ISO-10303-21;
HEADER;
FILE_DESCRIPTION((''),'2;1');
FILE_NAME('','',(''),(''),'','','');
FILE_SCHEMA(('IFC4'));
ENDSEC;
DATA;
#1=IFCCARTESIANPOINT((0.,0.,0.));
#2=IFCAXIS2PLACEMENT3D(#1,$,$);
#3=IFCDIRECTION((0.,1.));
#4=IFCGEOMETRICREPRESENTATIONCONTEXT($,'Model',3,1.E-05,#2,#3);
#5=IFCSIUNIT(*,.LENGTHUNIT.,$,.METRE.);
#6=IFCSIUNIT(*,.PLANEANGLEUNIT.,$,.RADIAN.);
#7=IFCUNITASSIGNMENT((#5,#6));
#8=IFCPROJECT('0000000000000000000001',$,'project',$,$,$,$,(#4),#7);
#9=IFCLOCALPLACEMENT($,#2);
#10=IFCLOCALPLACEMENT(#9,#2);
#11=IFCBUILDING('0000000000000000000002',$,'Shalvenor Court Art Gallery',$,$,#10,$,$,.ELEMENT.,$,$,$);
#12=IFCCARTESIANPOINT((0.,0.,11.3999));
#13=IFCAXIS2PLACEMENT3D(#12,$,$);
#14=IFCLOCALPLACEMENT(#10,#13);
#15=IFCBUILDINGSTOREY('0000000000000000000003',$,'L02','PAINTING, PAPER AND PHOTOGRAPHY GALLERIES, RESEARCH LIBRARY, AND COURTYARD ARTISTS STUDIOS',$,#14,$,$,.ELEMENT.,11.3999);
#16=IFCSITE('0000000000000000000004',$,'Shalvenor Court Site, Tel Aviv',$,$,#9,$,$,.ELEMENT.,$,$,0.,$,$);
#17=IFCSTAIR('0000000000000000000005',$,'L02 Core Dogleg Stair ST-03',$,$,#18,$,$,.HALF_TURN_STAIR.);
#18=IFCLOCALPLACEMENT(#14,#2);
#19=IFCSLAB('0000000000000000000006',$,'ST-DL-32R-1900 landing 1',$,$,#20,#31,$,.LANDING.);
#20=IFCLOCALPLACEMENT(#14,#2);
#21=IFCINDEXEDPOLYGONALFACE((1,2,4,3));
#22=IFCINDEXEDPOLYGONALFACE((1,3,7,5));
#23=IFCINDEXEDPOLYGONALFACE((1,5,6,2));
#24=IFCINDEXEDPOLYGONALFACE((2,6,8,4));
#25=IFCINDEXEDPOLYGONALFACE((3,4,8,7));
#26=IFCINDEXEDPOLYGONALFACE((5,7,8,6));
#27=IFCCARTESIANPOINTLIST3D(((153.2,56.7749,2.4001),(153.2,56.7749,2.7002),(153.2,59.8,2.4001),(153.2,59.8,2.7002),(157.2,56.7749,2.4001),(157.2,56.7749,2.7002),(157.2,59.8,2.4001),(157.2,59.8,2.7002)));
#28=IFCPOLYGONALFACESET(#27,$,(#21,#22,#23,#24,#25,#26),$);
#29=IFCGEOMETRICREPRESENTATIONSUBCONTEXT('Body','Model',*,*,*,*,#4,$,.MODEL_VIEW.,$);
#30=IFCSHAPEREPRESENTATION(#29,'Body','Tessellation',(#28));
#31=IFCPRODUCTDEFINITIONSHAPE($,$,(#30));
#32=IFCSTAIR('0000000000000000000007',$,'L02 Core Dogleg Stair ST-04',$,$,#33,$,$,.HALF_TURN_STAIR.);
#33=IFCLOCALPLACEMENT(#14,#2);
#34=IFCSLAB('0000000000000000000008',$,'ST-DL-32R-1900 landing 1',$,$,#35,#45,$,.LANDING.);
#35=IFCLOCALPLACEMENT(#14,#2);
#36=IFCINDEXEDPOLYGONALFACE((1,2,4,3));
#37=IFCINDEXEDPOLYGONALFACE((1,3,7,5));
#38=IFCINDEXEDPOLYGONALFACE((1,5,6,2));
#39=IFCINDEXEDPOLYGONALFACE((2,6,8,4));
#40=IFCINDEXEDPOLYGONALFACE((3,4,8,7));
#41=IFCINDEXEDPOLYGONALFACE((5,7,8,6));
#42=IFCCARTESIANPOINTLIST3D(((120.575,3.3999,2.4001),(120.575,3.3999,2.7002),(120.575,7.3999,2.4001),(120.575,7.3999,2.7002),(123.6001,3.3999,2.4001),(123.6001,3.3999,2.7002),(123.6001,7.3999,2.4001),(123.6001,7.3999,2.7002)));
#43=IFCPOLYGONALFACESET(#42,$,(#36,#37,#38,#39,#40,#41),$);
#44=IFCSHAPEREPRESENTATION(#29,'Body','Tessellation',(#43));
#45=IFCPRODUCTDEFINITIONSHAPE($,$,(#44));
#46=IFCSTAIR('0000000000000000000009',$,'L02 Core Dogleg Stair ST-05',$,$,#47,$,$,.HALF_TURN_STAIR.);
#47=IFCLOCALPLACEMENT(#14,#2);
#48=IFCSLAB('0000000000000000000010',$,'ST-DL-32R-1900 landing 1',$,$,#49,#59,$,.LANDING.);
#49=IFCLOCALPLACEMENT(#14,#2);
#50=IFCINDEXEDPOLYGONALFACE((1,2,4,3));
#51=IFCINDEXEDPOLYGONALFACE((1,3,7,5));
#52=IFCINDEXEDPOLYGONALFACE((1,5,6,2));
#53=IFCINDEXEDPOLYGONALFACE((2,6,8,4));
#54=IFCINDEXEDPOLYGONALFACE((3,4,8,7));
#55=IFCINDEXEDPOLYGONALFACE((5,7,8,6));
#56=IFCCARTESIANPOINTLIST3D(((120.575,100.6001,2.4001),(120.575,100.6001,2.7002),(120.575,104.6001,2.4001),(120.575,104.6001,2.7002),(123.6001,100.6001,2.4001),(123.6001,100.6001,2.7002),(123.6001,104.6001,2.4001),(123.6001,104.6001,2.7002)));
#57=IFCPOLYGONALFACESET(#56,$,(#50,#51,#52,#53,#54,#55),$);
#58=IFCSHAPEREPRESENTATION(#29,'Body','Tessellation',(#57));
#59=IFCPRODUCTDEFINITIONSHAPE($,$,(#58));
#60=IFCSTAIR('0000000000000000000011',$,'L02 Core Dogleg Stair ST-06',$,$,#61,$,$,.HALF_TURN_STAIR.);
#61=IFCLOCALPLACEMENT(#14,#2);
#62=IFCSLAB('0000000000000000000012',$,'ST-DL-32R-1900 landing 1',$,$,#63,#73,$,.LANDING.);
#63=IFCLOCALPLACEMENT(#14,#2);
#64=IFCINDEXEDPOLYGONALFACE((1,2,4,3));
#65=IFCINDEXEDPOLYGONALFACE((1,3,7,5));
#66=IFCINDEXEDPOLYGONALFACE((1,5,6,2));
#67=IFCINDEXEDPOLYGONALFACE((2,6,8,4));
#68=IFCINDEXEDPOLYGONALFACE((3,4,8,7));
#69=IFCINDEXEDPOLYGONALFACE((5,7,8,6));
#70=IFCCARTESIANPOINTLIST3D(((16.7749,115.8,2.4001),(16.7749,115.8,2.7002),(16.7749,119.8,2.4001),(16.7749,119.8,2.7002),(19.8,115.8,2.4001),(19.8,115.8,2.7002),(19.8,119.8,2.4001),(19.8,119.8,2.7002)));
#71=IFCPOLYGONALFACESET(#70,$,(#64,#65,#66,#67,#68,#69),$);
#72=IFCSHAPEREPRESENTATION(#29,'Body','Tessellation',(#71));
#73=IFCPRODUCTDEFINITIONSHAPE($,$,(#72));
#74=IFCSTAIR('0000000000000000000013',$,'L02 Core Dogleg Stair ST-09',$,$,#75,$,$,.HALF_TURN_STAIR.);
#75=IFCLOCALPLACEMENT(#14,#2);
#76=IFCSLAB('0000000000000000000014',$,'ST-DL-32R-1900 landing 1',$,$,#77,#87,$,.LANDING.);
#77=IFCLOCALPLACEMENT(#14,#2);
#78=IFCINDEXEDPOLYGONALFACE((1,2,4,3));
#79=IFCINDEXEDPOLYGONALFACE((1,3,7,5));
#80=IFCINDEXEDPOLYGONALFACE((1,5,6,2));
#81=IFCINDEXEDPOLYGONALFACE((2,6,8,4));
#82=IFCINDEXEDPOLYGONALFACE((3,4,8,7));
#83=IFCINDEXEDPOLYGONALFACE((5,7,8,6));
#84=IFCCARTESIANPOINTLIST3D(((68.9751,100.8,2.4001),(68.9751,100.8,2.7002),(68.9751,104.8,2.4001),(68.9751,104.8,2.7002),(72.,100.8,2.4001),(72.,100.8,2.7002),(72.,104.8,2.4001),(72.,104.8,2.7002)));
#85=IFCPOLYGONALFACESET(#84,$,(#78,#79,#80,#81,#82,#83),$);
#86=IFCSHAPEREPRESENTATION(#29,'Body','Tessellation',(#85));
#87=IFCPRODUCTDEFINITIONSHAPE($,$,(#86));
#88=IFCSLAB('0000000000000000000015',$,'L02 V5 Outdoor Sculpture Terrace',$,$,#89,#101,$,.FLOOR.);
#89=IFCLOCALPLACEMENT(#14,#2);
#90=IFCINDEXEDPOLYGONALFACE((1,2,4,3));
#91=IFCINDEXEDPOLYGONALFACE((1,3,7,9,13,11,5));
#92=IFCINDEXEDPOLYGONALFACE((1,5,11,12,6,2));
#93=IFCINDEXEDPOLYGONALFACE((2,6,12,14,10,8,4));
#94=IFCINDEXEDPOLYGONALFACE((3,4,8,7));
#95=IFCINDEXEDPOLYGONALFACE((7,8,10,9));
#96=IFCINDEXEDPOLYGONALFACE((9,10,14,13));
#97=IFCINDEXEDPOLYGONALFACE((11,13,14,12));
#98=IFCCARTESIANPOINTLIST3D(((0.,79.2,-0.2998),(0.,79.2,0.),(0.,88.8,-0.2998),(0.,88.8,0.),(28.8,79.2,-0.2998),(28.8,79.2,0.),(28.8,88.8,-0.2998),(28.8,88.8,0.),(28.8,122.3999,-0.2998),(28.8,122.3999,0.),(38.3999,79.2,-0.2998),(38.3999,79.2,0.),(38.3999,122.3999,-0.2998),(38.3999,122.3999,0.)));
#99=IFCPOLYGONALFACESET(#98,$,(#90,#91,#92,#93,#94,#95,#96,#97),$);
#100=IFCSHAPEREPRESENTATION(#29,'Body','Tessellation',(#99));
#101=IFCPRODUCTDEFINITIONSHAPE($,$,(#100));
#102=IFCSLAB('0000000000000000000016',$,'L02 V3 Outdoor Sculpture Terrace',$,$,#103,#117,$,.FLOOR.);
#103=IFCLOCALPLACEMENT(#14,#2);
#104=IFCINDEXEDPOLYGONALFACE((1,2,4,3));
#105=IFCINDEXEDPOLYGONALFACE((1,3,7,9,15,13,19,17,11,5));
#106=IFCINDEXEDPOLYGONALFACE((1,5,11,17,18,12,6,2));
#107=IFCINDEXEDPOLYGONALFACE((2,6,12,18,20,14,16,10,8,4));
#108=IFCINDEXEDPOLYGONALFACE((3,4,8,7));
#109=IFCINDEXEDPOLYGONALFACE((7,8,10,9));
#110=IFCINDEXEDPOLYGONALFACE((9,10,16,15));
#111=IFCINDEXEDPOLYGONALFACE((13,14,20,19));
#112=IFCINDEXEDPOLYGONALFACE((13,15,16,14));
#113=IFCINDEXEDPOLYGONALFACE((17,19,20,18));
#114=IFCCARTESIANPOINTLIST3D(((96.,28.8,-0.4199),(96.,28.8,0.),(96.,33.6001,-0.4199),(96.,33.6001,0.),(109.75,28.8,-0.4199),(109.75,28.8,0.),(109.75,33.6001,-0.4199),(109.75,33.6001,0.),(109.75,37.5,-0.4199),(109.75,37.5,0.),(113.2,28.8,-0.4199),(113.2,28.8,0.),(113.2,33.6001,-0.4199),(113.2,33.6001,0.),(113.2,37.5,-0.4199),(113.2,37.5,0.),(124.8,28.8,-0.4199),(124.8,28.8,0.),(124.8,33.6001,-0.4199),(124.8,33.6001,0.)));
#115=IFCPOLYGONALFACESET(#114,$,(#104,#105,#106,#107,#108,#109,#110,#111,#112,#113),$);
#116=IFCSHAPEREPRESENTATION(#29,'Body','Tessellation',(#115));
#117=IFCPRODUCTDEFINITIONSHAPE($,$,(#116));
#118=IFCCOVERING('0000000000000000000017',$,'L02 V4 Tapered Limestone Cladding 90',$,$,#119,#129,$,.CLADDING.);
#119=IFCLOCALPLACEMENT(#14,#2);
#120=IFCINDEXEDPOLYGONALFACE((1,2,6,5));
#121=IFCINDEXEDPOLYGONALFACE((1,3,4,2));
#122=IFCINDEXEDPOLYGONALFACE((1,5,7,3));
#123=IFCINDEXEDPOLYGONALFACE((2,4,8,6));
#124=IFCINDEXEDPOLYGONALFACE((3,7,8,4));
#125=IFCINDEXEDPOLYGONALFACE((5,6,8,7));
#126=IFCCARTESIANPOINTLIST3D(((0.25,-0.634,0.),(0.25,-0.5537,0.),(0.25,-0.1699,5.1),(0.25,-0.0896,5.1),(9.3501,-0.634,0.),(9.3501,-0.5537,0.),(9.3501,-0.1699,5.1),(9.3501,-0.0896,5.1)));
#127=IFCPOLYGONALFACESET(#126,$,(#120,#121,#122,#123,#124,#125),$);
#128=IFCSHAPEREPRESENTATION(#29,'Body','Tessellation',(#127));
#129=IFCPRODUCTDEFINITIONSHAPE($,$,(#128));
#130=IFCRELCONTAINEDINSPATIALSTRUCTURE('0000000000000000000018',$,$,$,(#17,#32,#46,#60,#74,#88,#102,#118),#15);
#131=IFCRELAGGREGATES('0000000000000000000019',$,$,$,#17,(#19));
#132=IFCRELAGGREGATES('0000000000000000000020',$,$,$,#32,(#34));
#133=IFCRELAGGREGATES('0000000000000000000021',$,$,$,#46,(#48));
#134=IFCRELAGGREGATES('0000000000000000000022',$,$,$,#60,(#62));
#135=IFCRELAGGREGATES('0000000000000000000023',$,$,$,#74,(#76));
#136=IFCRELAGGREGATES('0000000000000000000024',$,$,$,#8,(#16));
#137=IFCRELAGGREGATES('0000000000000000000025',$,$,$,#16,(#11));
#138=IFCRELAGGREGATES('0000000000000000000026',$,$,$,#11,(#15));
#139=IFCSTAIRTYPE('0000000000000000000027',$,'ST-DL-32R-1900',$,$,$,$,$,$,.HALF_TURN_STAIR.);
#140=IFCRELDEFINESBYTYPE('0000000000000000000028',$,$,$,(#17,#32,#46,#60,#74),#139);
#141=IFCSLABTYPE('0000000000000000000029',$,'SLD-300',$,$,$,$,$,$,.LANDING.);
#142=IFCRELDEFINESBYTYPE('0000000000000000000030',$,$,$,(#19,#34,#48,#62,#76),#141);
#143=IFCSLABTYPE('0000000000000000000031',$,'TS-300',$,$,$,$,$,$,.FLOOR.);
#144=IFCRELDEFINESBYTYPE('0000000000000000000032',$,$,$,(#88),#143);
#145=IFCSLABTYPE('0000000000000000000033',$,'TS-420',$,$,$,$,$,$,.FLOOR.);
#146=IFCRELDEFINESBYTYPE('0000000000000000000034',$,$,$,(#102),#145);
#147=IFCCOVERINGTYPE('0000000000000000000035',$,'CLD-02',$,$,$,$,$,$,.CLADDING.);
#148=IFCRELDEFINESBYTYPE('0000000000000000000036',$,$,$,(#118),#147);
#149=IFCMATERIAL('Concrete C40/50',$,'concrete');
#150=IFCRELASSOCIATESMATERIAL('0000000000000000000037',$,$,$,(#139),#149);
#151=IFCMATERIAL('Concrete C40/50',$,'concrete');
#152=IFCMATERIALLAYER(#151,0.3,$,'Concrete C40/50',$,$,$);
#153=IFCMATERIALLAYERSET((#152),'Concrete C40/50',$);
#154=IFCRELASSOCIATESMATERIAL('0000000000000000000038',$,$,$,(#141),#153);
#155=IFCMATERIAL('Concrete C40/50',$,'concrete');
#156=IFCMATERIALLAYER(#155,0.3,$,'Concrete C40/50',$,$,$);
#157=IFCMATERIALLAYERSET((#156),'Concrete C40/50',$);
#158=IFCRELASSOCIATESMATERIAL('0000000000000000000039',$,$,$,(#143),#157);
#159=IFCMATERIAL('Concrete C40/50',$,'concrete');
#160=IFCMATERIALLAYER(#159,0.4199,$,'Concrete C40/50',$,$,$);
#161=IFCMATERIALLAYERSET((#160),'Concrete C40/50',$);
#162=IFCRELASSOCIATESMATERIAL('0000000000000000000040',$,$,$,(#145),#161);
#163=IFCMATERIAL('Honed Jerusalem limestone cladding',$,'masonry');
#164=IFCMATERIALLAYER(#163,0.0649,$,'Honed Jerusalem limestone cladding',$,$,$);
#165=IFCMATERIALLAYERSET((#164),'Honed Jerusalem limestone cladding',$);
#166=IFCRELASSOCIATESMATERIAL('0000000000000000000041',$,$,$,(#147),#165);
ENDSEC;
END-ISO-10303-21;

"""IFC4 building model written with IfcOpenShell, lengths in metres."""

from ifc_helpers import new_model, si_unit, direction, frame, origin, place, context, subcontext, project, spatial, polyline, outline, extrude, material, layer, layer_set, type_object, element, aggregate, save


model = new_model("IFC4")

# Units and contexts
model_context = context("Model", 3, precision=1e-05, world=origin(), true_north=direction((0.0, 1.0)))
body_context = subcontext(model_context, "Body", "Model", "MODEL_VIEW")
ifc_project = project(units=[si_unit("LENGTHUNIT", "METRE"), si_unit("PLANEANGLEUNIT", "RADIAN")], contexts=[model_context])

# Site, building, storey
site_placement = place(None, origin())
site = spatial("IfcSite", under=ifc_project, at=site_placement, Name="Shalvenor Court Site, Tel Aviv", CompositionType="ELEMENT", RefElevation=0.0)
building_placement = place(site_placement, origin())
building = spatial("IfcBuilding", under=site, at=building_placement, Name="Shalvenor Court Art Gallery", CompositionType="ELEMENT")
storey_placement = place(building_placement, frame((0.0, 0.0, 11.3999)))
storey = spatial("IfcBuildingStorey", under=building, at=storey_placement, Name="L02", Description="PAINTING, PAPER AND PHOTOGRAPHY GALLERIES, RESEARCH LIBRARY, AND COURTYARD ARTISTS STUDIOS", CompositionType="ELEMENT", Elevation=11.3999)

# Stairs, slabs
ifc_material_1 = material(Name="Concrete C40/50", Category="concrete")
stair_type_1 = type_object("IfcStairType", Name="ST-DL-32R-1900", PredefinedType="HALF_TURN_STAIR", material=ifc_material_1)
ifc_material_2 = material(Name="Concrete C40/50", Category="concrete")
ifc_layer_1 = layer(ifc_material_2, 0.3, Name="Concrete C40/50")
ifc_layer_set_1 = layer_set([ifc_layer_1], Name="Concrete C40/50")
slab_type_1 = type_object("IfcSlabType", Name="SLD-300", PredefinedType="LANDING", material=ifc_layer_set_1)
stair_1_placement = place(storey_placement, origin())
stair_1 = element("IfcStair", 1, at=stair_1_placement, inside=storey, type_object=stair_type_1, Name="L02 Core Dogleg Stair ST-03", PredefinedType="HALF_TURN_STAIR")
slab_1_placement = place(storey_placement, frame((0.0, 0.0, 2.4001)))
slab_1 = element("IfcSlab", 2, at=slab_1_placement, type_object=slab_type_1, Name="ST-DL-32R-1900 landing 1", PredefinedType="LANDING", context=body_context, shape_type="SweptSolid", body=[
    extrude(outline(polyline([(157.2, 56.7749), (157.2, 59.8), (153.2, 59.8), (153.2, 56.7749), (157.2, 56.7749)])), origin(), (0.0, 0.0, 1.0), 0.3),
])
aggregate(stair_1, [slab_1])
stair_2_placement = place(storey_placement, origin())
stair_2 = element("IfcStair", 3, at=stair_2_placement, inside=storey, type_object=stair_type_1, Name="L02 Core Dogleg Stair ST-04", PredefinedType="HALF_TURN_STAIR")
slab_2_placement = place(storey_placement, frame((0.0, 0.0, 2.4001)))
slab_2 = element("IfcSlab", 4, at=slab_2_placement, type_object=slab_type_1, Name="ST-DL-32R-1900 landing 1", PredefinedType="LANDING", context=body_context, shape_type="SweptSolid", body=[
    extrude(outline(polyline([(120.575, 3.3999), (123.6001, 3.3999), (123.6001, 7.3999), (120.575, 7.3999), (120.575, 3.3999)])), origin(), (0.0, 0.0, 1.0), 0.3),
])
aggregate(stair_2, [slab_2])
stair_3_placement = place(storey_placement, origin())
stair_3 = element("IfcStair", 5, at=stair_3_placement, inside=storey, type_object=stair_type_1, Name="L02 Core Dogleg Stair ST-05", PredefinedType="HALF_TURN_STAIR")
slab_3_placement = place(storey_placement, frame((0.0, 0.0, 2.4001)))
slab_3 = element("IfcSlab", 6, at=slab_3_placement, type_object=slab_type_1, Name="ST-DL-32R-1900 landing 1", PredefinedType="LANDING", context=body_context, shape_type="SweptSolid", body=[
    extrude(outline(polyline([(120.575, 100.6001), (123.6001, 100.6001), (123.6001, 104.6001), (120.575, 104.6001), (120.575, 100.6001)])), origin(), (0.0, 0.0, 1.0), 0.3),
])
aggregate(stair_3, [slab_3])
stair_4_placement = place(storey_placement, origin())
stair_4 = element("IfcStair", 7, at=stair_4_placement, inside=storey, type_object=stair_type_1, Name="L02 Core Dogleg Stair ST-06", PredefinedType="HALF_TURN_STAIR")
slab_4_placement = place(storey_placement, frame((0.0, 0.0, 2.4001)))
slab_4 = element("IfcSlab", 8, at=slab_4_placement, type_object=slab_type_1, Name="ST-DL-32R-1900 landing 1", PredefinedType="LANDING", context=body_context, shape_type="SweptSolid", body=[
    extrude(outline(polyline([(16.7749, 115.8), (19.8, 115.8), (19.8, 119.8), (16.7749, 119.8), (16.7749, 115.8)])), origin(), (0.0, 0.0, 1.0), 0.3),
])
aggregate(stair_4, [slab_4])
stair_5_placement = place(storey_placement, origin())
stair_5 = element("IfcStair", 9, at=stair_5_placement, inside=storey, type_object=stair_type_1, Name="L02 Core Dogleg Stair ST-09", PredefinedType="HALF_TURN_STAIR")
slab_5_placement = place(storey_placement, frame((0.0, 0.0, 2.4001)))
slab_5 = element("IfcSlab", 10, at=slab_5_placement, type_object=slab_type_1, Name="ST-DL-32R-1900 landing 1", PredefinedType="LANDING", context=body_context, shape_type="SweptSolid", body=[
    extrude(outline(polyline([(68.9751, 100.8), (72.0, 100.8), (72.0, 104.8), (68.9751, 104.8), (68.9751, 100.8)])), origin(), (0.0, 0.0, 1.0), 0.3),
])
aggregate(stair_5, [slab_5])

# Slabs
ifc_material_3 = material(Name="Concrete C40/50", Category="concrete")
ifc_layer_2 = layer(ifc_material_3, 0.3, Name="Concrete C40/50")
ifc_layer_set_2 = layer_set([ifc_layer_2], Name="Concrete C40/50")
slab_type_2 = type_object("IfcSlabType", Name="TS-300", PredefinedType="FLOOR", material=ifc_layer_set_2)
slab_6_placement = place(storey_placement, frame((0.0, 0.0, -0.2998)))
element("IfcSlab", 11, at=slab_6_placement, inside=storey, type_object=slab_type_2, Name="L02 V5 Outdoor Sculpture Terrace", PredefinedType="FLOOR", context=body_context, shape_type="SweptSolid", body=[
    extrude(outline(polyline([(0.0, 79.2), (0.0, 88.8), (28.8, 88.8), (28.8, 122.3999), (38.3999, 122.3999), (38.3999, 79.2), (28.8, 79.2), (0.0, 79.2)])), origin(), (0.0, 0.0, 1.0), 0.2998),
])
ifc_material_4 = material(Name="Concrete C40/50", Category="concrete")
ifc_layer_3 = layer(ifc_material_4, 0.4199, Name="Concrete C40/50")
ifc_layer_set_3 = layer_set([ifc_layer_3], Name="Concrete C40/50")
slab_type_3 = type_object("IfcSlabType", Name="TS-420", PredefinedType="FLOOR", material=ifc_layer_set_3)
slab_7_placement = place(storey_placement, frame((0.0, 0.0, -0.4199)))
element("IfcSlab", 12, at=slab_7_placement, inside=storey, type_object=slab_type_3, Name="L02 V3 Outdoor Sculpture Terrace", PredefinedType="FLOOR", context=body_context, shape_type="SweptSolid", body=[
    extrude(outline(polyline([(124.8, 33.6001), (124.8, 28.8), (113.2, 28.8), (109.75, 28.8), (96.0, 28.8), (96.0, 33.6001), (109.75, 33.6001), (109.75, 37.5), (113.2, 37.5), (113.2, 33.6001), (124.8, 33.6001)])), origin(), (0.0, 0.0, 1.0), 0.4199),
])

# Covering
ifc_material_5 = material(Name="Honed Jerusalem limestone cladding", Category="masonry")
ifc_layer_4 = layer(ifc_material_5, 0.0649, Name="Honed Jerusalem limestone cladding")
ifc_layer_set_4 = layer_set([ifc_layer_4], Name="Honed Jerusalem limestone cladding")
covering_type_1 = type_object("IfcCoveringType", Name="CLD-02", PredefinedType="CLADDING", material=ifc_layer_set_4)
covering_1_placement = place(storey_placement, frame((0.25, -0.634, 0.0), z_axis=(0.0, 0.0, 1.0), x_axis=(1.0, 0.0, 0.0)))
element("IfcCovering", 13, at=covering_1_placement, inside=storey, type_object=covering_type_1, Name="L02 V4 Tapered Limestone Cladding 90", PredefinedType="CLADDING", context=body_context, shape_type="SweptSolid", body=[
    extrude(outline(polyline([(0.0, 0.0), (9.1001, 0.0), (9.1001, 5.1211), (0.0, 5.1211), (0.0, 0.0)])), frame((0.0, 0.0, 0.0), z_axis=(0.0, -0.995884, 0.090633), x_axis=(1.0, 0.0, 0.0)), (0.0, 0.090633, -0.995884), 0.0803),
])

save(model, "model.ifc")
